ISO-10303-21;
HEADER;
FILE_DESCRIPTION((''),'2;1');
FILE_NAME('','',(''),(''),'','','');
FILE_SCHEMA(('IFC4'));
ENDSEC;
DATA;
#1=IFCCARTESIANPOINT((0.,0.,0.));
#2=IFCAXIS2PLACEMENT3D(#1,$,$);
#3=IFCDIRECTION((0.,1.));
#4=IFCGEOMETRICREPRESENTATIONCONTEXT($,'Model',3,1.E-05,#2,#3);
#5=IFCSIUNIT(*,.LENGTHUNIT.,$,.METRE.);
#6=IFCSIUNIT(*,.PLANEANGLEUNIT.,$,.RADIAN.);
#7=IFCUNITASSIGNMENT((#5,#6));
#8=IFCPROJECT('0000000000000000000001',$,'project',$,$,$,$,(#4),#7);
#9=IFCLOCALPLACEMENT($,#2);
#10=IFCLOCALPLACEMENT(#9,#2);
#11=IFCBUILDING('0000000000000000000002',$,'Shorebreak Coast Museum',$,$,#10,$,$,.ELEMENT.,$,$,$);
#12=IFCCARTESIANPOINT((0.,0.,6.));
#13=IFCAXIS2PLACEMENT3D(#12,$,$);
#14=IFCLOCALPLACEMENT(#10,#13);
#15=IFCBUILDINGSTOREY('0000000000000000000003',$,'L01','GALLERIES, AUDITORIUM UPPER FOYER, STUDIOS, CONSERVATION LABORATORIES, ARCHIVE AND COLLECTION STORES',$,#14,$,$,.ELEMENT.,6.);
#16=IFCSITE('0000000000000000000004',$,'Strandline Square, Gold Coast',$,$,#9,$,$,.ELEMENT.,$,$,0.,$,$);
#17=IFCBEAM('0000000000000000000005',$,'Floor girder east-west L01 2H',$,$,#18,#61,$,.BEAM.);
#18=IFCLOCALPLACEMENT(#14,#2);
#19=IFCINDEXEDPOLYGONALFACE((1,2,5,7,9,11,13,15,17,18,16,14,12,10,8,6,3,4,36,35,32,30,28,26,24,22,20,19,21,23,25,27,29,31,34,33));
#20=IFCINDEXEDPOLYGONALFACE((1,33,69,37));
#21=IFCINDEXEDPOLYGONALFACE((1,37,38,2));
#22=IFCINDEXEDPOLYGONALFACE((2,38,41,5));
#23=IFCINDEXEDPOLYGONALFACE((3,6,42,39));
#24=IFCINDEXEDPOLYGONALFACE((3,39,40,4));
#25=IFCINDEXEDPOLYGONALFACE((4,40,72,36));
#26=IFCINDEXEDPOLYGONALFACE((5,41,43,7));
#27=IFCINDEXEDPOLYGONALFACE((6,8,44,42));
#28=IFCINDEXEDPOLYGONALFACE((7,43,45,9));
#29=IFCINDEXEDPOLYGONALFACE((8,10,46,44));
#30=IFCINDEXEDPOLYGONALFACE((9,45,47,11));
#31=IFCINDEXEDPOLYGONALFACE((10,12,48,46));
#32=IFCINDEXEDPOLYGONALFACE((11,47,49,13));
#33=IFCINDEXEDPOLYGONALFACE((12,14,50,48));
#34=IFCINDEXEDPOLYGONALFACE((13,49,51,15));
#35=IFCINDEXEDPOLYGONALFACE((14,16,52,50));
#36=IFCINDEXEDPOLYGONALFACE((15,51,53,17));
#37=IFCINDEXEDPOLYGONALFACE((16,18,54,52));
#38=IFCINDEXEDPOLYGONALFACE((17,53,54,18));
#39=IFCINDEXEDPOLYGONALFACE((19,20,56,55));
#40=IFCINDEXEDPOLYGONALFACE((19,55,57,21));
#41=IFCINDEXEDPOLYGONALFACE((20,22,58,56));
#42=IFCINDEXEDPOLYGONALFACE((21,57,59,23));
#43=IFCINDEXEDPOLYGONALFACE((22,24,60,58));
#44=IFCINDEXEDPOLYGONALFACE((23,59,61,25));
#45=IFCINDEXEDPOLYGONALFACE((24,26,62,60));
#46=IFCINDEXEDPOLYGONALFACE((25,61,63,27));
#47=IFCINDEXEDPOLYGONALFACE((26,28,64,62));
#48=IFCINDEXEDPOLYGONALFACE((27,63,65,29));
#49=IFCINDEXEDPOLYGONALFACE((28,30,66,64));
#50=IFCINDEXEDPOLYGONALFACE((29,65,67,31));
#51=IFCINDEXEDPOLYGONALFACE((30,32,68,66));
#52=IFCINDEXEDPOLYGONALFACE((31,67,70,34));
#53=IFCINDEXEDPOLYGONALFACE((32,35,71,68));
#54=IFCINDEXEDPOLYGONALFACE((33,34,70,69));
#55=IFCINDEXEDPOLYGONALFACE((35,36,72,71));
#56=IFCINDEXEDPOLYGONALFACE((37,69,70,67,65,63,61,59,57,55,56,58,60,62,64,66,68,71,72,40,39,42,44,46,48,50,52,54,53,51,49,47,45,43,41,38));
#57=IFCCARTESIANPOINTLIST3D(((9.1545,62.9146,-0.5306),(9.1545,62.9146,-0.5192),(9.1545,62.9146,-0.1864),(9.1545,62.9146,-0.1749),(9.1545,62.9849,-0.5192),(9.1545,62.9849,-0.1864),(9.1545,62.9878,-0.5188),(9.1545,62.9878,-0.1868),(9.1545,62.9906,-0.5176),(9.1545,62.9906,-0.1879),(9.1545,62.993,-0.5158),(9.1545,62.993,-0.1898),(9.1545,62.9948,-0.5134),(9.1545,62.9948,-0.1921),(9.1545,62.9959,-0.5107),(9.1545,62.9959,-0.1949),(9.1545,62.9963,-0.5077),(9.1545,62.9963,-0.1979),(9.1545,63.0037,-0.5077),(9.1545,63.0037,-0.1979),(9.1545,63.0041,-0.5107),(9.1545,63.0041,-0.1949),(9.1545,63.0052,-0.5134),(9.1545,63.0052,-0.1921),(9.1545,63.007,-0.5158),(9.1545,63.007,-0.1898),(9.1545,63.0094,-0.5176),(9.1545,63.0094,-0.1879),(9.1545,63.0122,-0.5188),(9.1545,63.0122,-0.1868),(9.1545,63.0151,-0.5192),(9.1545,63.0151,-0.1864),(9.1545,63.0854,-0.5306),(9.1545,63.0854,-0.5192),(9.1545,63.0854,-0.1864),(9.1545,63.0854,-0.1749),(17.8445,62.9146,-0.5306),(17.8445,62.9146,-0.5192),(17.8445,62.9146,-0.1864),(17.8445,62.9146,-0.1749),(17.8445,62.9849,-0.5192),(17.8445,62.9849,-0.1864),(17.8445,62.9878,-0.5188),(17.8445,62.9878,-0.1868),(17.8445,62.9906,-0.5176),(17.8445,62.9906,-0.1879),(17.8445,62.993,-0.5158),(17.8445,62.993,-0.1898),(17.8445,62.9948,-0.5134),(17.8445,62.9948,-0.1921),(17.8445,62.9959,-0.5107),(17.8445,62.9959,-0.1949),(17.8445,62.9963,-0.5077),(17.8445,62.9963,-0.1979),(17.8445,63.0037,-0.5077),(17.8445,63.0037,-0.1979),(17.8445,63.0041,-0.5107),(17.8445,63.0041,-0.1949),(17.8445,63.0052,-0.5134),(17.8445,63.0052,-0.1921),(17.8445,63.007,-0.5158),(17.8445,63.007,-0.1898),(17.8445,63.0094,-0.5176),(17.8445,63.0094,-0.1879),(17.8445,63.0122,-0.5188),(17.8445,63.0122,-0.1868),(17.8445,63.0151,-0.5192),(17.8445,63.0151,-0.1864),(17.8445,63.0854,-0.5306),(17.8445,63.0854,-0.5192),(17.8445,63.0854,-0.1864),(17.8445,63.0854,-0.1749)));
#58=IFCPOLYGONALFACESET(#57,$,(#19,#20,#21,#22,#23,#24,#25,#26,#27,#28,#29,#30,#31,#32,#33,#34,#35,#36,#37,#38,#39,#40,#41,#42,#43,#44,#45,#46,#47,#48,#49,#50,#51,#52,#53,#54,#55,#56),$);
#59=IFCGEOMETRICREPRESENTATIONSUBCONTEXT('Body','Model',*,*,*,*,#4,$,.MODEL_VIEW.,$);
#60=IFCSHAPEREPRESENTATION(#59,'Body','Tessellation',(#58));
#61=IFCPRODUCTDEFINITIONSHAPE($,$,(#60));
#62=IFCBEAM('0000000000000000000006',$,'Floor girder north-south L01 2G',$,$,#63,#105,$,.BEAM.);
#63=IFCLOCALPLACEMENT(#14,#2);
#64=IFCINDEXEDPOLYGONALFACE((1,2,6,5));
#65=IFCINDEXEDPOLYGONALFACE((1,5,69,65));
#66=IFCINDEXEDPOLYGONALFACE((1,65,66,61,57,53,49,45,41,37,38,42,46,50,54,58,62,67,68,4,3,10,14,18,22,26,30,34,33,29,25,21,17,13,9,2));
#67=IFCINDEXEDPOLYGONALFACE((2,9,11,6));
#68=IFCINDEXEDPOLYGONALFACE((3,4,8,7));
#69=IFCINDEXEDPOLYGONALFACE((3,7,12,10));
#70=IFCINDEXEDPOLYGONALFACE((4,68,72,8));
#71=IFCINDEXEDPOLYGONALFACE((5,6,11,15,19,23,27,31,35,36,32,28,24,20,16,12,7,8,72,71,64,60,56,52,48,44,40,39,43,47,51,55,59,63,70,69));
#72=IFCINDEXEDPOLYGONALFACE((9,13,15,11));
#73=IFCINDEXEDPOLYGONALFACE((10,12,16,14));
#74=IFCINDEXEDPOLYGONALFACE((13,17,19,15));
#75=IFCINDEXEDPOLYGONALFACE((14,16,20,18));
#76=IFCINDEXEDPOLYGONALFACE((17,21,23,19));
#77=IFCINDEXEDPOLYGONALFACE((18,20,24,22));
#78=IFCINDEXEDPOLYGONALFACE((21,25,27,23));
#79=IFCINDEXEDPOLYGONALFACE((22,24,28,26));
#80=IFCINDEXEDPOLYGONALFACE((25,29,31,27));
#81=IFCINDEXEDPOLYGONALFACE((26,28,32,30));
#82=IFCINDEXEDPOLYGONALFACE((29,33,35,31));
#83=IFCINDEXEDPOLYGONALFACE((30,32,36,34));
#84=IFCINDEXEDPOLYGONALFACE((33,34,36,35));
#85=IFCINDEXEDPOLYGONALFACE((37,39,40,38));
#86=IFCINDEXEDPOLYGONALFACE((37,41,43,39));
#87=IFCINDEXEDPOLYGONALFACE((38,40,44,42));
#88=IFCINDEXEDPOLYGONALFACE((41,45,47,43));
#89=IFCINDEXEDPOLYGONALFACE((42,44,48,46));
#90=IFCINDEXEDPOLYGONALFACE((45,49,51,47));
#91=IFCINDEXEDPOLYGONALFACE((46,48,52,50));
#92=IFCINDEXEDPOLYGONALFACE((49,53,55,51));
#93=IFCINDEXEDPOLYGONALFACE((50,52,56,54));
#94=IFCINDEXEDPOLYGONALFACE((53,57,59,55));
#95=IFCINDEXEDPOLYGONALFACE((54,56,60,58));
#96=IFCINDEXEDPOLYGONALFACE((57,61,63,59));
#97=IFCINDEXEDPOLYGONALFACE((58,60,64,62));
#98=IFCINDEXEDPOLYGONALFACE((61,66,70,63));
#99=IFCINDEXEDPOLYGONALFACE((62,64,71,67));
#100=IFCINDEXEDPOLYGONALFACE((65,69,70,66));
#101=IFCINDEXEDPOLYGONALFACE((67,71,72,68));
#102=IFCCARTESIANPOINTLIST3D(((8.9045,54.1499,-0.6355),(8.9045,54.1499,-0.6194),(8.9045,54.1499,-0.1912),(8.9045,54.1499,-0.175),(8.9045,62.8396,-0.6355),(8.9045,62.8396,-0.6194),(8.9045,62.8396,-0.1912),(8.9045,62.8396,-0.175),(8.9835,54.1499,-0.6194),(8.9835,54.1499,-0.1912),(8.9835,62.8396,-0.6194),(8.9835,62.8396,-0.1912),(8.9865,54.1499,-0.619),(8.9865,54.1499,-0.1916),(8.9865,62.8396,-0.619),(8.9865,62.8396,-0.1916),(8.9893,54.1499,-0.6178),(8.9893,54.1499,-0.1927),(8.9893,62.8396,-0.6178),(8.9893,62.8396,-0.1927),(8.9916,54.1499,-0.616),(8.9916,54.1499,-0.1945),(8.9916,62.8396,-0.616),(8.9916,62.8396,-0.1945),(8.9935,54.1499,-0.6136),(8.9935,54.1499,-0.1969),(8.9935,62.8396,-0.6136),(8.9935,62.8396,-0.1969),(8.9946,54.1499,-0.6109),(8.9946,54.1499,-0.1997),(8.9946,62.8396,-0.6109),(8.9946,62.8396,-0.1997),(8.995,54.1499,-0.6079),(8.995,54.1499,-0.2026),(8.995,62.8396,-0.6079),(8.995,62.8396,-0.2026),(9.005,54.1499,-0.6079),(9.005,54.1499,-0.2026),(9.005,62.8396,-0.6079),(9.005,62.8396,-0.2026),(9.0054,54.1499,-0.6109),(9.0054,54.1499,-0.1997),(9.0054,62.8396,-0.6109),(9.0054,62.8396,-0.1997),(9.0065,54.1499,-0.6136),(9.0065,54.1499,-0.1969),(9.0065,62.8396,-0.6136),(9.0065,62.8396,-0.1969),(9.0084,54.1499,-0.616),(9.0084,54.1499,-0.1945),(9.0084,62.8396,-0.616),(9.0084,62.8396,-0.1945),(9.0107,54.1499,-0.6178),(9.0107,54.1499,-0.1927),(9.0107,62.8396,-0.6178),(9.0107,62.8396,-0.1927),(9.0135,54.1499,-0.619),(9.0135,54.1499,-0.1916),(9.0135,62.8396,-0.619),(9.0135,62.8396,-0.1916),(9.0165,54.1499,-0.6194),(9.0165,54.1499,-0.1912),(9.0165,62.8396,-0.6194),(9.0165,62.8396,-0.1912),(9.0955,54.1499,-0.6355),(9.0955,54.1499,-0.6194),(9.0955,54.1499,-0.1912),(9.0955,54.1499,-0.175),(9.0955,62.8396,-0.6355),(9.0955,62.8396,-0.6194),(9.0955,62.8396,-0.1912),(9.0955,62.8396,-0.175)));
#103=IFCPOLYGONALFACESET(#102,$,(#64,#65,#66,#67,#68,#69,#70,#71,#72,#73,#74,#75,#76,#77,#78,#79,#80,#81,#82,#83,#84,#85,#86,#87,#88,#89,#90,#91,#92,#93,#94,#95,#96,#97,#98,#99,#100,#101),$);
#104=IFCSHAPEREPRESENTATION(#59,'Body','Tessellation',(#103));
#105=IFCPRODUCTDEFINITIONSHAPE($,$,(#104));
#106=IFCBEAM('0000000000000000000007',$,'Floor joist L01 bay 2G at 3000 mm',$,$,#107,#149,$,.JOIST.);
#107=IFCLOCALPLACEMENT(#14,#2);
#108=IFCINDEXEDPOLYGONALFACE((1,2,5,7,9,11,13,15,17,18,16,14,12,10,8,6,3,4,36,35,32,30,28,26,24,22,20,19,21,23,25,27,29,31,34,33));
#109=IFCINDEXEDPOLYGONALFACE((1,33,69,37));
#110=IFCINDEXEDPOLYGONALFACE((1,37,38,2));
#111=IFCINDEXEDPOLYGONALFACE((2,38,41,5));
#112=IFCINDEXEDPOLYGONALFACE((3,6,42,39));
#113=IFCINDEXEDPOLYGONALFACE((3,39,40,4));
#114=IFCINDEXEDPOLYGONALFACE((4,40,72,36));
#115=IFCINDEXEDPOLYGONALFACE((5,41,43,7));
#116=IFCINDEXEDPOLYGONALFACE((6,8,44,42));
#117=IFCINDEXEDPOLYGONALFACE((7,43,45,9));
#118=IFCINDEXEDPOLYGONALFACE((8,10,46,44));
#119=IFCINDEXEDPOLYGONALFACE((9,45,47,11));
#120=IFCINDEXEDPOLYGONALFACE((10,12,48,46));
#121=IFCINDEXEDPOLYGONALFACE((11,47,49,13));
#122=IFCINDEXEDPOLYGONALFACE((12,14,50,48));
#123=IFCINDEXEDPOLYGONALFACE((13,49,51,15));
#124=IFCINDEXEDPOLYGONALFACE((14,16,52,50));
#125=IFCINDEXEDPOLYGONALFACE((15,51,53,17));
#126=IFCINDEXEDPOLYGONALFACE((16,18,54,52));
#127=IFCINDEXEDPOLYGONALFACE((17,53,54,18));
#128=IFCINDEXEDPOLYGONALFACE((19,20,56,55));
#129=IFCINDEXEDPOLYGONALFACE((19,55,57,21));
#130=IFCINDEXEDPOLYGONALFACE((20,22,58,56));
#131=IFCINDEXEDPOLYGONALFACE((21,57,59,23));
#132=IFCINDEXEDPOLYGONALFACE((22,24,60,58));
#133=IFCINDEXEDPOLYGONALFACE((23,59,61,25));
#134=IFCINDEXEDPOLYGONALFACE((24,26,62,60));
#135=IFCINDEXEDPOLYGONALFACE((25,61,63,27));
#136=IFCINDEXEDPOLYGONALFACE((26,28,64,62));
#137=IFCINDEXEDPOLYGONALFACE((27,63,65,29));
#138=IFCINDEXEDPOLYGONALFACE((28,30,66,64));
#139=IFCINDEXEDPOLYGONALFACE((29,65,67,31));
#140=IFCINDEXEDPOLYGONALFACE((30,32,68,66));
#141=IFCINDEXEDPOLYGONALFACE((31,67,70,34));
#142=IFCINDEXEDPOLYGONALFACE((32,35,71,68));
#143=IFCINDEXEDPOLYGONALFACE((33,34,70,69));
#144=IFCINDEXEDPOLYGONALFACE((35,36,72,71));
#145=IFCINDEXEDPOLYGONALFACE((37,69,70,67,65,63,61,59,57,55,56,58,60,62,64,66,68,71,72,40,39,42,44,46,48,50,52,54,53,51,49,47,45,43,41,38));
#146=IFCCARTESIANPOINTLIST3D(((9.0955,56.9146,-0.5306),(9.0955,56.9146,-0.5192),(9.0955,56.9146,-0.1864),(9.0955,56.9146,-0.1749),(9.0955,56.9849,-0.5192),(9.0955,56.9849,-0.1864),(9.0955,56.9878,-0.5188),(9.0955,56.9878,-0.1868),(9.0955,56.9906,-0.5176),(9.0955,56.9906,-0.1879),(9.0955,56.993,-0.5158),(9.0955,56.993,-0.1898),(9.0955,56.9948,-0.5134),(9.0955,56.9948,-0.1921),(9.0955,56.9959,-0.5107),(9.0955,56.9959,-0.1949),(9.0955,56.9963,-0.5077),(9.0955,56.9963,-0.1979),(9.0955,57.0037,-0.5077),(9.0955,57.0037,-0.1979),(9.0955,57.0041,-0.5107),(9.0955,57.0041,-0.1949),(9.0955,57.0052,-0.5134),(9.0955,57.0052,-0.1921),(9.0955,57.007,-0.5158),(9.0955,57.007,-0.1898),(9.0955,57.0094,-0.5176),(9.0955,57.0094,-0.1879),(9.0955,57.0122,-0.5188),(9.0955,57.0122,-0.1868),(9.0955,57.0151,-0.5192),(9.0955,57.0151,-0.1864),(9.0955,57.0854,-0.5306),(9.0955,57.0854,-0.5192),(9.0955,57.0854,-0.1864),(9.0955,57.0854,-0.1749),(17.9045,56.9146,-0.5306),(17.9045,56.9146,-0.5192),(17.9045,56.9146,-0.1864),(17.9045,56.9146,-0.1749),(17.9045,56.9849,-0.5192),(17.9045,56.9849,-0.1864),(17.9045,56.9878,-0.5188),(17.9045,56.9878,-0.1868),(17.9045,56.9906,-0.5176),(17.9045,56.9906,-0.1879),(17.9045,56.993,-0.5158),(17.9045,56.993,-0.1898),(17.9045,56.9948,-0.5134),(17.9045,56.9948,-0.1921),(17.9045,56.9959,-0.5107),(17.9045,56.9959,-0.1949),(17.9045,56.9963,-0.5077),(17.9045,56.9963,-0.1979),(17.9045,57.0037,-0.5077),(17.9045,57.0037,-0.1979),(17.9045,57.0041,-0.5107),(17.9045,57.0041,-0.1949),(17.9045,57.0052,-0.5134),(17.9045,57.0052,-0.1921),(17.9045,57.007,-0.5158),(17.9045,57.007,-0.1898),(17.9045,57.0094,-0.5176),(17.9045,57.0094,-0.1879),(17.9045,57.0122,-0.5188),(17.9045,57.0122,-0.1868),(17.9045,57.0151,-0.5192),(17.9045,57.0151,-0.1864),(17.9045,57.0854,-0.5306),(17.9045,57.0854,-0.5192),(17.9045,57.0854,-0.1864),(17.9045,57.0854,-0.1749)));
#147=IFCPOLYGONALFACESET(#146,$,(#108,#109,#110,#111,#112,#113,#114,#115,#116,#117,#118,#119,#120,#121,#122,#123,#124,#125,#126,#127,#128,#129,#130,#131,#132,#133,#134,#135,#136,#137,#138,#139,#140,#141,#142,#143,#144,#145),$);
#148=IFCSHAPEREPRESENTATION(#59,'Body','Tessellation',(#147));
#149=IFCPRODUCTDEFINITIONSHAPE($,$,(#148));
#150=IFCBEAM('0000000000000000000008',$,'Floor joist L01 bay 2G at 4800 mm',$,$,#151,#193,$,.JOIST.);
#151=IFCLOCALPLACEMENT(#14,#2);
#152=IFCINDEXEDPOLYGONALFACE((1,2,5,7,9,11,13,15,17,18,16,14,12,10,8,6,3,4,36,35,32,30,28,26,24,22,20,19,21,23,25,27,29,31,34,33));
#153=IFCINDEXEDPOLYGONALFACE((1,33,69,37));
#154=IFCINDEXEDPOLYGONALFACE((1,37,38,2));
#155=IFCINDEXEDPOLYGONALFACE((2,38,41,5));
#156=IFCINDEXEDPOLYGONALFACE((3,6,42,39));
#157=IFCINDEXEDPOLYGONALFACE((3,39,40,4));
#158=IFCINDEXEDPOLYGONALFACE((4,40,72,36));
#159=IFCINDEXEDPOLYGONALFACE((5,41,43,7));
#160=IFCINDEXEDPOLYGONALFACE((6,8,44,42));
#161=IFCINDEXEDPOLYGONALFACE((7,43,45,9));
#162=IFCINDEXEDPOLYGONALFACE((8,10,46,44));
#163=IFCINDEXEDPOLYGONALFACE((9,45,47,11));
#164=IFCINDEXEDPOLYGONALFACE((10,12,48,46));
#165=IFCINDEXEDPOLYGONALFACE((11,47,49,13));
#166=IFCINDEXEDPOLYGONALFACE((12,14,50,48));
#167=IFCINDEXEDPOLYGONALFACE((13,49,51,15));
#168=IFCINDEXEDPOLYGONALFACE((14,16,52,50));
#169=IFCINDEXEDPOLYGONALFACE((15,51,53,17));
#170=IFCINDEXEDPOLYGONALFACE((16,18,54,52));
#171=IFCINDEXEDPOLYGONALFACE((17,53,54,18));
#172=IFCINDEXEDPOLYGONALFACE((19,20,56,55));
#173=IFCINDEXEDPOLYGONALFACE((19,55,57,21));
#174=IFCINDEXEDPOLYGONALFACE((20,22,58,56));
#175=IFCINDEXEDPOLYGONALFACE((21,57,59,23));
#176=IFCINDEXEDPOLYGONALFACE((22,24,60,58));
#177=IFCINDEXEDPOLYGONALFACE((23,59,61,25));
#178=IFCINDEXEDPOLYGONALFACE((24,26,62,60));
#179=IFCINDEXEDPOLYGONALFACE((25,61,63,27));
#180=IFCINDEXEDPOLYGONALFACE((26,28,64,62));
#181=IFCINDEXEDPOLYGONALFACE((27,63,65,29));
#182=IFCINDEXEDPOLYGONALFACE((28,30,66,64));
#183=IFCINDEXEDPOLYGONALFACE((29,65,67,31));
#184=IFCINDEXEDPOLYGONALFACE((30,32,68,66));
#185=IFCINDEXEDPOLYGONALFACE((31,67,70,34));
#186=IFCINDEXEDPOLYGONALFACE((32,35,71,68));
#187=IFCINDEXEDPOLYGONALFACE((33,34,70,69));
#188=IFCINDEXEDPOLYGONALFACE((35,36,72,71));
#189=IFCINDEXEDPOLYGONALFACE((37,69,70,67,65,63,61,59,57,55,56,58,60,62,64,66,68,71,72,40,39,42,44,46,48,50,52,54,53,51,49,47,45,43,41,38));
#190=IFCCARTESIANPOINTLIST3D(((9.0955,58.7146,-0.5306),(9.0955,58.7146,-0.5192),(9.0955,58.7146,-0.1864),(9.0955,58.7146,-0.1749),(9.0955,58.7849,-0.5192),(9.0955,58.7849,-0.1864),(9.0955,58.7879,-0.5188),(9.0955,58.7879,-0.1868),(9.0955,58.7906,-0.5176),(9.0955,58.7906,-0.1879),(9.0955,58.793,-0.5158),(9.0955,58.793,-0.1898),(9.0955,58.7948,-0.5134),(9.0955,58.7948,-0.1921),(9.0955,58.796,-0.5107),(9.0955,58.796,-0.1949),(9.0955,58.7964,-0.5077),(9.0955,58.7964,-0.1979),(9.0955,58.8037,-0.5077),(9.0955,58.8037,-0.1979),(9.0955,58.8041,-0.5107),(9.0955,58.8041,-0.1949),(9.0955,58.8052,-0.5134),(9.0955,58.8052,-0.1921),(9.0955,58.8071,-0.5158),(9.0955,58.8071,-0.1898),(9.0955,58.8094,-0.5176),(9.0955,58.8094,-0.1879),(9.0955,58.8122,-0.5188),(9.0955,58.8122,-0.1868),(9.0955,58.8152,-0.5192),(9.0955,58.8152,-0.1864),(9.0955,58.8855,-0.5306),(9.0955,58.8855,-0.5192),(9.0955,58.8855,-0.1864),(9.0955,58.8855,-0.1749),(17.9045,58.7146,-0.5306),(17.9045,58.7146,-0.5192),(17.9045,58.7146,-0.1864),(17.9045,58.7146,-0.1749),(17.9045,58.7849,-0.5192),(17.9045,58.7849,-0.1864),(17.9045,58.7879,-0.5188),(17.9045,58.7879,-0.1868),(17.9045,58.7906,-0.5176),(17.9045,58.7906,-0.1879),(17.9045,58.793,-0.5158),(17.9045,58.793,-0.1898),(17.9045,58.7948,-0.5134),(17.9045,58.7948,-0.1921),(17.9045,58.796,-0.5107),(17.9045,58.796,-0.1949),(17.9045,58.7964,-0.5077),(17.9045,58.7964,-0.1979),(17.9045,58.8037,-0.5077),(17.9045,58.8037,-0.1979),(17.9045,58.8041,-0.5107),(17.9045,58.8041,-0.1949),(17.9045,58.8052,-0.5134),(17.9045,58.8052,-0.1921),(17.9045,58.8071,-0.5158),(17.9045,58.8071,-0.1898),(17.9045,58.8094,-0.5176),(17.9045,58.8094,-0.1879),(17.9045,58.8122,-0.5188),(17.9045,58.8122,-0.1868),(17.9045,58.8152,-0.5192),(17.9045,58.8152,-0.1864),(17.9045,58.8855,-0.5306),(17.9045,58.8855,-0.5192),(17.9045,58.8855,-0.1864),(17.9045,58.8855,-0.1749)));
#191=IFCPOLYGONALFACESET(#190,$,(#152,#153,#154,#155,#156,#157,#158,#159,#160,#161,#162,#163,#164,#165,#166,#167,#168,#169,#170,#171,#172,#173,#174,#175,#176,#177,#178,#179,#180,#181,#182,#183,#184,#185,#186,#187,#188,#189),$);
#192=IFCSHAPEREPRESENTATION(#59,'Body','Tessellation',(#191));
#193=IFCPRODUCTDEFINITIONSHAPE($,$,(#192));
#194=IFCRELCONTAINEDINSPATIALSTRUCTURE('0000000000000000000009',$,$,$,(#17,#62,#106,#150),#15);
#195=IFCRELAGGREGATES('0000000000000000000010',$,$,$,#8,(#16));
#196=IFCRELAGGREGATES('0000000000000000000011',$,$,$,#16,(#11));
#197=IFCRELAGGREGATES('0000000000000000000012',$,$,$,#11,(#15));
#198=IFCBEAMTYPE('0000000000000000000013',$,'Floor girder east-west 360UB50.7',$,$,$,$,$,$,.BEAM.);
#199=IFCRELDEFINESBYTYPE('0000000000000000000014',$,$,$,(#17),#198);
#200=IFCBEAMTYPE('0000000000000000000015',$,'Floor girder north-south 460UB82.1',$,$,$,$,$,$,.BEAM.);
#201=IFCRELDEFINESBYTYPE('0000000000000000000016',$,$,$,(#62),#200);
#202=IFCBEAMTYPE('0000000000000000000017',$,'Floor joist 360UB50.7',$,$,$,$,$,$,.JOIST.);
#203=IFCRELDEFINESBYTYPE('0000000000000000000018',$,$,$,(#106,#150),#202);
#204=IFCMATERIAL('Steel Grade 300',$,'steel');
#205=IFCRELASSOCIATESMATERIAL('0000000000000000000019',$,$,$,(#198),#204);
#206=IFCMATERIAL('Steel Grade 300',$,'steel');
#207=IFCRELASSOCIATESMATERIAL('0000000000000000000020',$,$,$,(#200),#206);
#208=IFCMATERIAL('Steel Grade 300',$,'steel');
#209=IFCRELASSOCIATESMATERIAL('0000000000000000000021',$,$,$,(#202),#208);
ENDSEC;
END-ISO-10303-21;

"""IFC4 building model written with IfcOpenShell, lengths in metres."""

from ifc_helpers import new_model, si_unit, direction, frame, origin, origin_2d, place, context, subcontext, project, spatial, i_section, extrude, material, material_profile, profile_set, type_object, element, save


model = new_model("IFC4")

# Units and contexts
model_context = context("Model", 3, precision=1e-05, world=origin(), true_north=direction((0.0, 1.0)))
body_context = subcontext(model_context, "Body", "Model", "MODEL_VIEW")
ifc_project = project(units=[si_unit("LENGTHUNIT", "METRE"), si_unit("PLANEANGLEUNIT", "RADIAN")], contexts=[model_context])

# Site, building, storey
site_placement = place(None, origin())
site = spatial("IfcSite", under=ifc_project, at=site_placement, Name="Strandline Square, Gold Coast", CompositionType="ELEMENT", RefElevation=0.0)
building_placement = place(site_placement, origin())
building = spatial("IfcBuilding", under=site, at=building_placement, Name="Shorebreak Coast Museum", CompositionType="ELEMENT")
storey_placement = place(building_placement, frame((0.0, 0.0, 6.0)))
storey = spatial("IfcBuildingStorey", under=building, at=storey_placement, Name="L01", Description="GALLERIES, AUDITORIUM UPPER FOYER, STUDIOS, CONSERVATION LABORATORIES, ARCHIVE AND COLLECTION STORES", CompositionType="ELEMENT", Elevation=6.0)

# Beams
ifc_material_1 = material(Name="Steel Grade 300", Category="steel")
ifc_material_profile_1 = material_profile(ifc_material_1, i_section(OverallWidth=0.1709, OverallDepth=0.3557, WebThickness=0.0073, FlangeThickness=0.0115, FilletRadius=0.0115, at=origin_2d()), Name="360UB50.7")
ifc_profile_set_1 = profile_set([ifc_material_profile_1], Name="Steel Grade 300")
beam_type_1 = type_object("IfcBeamType", Name="Floor girder east-west 360UB50.7", PredefinedType="BEAM", material=ifc_profile_set_1)
beam_1_placement = place(storey_placement, frame((9.1545, 63.0, -0.3528), z_axis=(1.0, 0.0, 0.0), x_axis=(0.0, 1.0, 0.0)))
element("IfcBeam", 1, at=beam_1_placement, inside=storey, type_object=beam_type_1, Name="Floor girder east-west L01 2H", PredefinedType="BEAM", context=body_context, shape_type="SweptSolid", body=[
    extrude(i_section(OverallWidth=0.1709, OverallDepth=0.3557, WebThickness=0.0073, FlangeThickness=0.0115, FilletRadius=0.0115, at=origin_2d()), origin(), (0.0, 0.0, 1.0), 8.6899),
])
ifc_material_2 = material(Name="Steel Grade 300", Category="steel")
ifc_material_profile_2 = material_profile(ifc_material_2, i_section(OverallWidth=0.1909, OverallDepth=0.4604, WebThickness=0.01, FlangeThickness=0.0161, FilletRadius=0.0115, at=origin_2d()), Name="460UB82.1")
ifc_profile_set_2 = profile_set([ifc_material_profile_2], Name="Steel Grade 300")
beam_type_2 = type_object("IfcBeamType", Name="Floor girder north-south 460UB82.1", PredefinedType="BEAM", material=ifc_profile_set_2)
beam_2_placement = place(storey_placement, frame((9.0, 54.1499, -0.4053), z_axis=(0.0, 1.0, 0.0), x_axis=(-1.0, 0.0, 0.0)))
element("IfcBeam", 2, at=beam_2_placement, inside=storey, type_object=beam_type_2, Name="Floor girder north-south L01 2G", PredefinedType="BEAM", context=body_context, shape_type="SweptSolid", body=[
    extrude(i_section(OverallWidth=0.1909, OverallDepth=0.4604, WebThickness=0.01, FlangeThickness=0.0161, FilletRadius=0.0115, at=origin_2d()), origin(), (0.0, 0.0, 1.0), 8.6897),
])
ifc_material_3 = material(Name="Steel Grade 300", Category="steel")
ifc_material_profile_3 = material_profile(ifc_material_3, i_section(OverallWidth=0.1709, OverallDepth=0.3557, WebThickness=0.0073, FlangeThickness=0.0115, FilletRadius=0.0115, at=origin_2d()), Name="360UB50.7")
ifc_profile_set_3 = profile_set([ifc_material_profile_3], Name="Steel Grade 300")
beam_type_3 = type_object("IfcBeamType", Name="Floor joist 360UB50.7", PredefinedType="JOIST", material=ifc_profile_set_3)
for number, where, z_axis, x_axis, name in (
    (3, (9.0955, 57.0, -0.3528), (1.0, 0.0, 0.0), (0.0, 1.0, 0.0), "Floor joist L01 bay 2G at 3000 mm"),
    (4, (9.0955, 58.8, -0.3528), (1.0, 0.0, 0.0), (0.0, 1.0, 0.0), "Floor joist L01 bay 2G at 4800 mm"),
):
    element("IfcBeam", number, at=place(storey_placement, frame(where, z_axis=z_axis, x_axis=x_axis)), inside=storey, type_object=beam_type_3, Name=name, PredefinedType="JOIST", context=body_context, shape_type="SweptSolid", body=[
        extrude(i_section(OverallWidth=0.1709, OverallDepth=0.3557, WebThickness=0.0073, FlangeThickness=0.0115, FilletRadius=0.0115, at=origin_2d()), origin(), (0.0, 0.0, 1.0), 8.8091),
    ])

save(model, "model.ifc")
